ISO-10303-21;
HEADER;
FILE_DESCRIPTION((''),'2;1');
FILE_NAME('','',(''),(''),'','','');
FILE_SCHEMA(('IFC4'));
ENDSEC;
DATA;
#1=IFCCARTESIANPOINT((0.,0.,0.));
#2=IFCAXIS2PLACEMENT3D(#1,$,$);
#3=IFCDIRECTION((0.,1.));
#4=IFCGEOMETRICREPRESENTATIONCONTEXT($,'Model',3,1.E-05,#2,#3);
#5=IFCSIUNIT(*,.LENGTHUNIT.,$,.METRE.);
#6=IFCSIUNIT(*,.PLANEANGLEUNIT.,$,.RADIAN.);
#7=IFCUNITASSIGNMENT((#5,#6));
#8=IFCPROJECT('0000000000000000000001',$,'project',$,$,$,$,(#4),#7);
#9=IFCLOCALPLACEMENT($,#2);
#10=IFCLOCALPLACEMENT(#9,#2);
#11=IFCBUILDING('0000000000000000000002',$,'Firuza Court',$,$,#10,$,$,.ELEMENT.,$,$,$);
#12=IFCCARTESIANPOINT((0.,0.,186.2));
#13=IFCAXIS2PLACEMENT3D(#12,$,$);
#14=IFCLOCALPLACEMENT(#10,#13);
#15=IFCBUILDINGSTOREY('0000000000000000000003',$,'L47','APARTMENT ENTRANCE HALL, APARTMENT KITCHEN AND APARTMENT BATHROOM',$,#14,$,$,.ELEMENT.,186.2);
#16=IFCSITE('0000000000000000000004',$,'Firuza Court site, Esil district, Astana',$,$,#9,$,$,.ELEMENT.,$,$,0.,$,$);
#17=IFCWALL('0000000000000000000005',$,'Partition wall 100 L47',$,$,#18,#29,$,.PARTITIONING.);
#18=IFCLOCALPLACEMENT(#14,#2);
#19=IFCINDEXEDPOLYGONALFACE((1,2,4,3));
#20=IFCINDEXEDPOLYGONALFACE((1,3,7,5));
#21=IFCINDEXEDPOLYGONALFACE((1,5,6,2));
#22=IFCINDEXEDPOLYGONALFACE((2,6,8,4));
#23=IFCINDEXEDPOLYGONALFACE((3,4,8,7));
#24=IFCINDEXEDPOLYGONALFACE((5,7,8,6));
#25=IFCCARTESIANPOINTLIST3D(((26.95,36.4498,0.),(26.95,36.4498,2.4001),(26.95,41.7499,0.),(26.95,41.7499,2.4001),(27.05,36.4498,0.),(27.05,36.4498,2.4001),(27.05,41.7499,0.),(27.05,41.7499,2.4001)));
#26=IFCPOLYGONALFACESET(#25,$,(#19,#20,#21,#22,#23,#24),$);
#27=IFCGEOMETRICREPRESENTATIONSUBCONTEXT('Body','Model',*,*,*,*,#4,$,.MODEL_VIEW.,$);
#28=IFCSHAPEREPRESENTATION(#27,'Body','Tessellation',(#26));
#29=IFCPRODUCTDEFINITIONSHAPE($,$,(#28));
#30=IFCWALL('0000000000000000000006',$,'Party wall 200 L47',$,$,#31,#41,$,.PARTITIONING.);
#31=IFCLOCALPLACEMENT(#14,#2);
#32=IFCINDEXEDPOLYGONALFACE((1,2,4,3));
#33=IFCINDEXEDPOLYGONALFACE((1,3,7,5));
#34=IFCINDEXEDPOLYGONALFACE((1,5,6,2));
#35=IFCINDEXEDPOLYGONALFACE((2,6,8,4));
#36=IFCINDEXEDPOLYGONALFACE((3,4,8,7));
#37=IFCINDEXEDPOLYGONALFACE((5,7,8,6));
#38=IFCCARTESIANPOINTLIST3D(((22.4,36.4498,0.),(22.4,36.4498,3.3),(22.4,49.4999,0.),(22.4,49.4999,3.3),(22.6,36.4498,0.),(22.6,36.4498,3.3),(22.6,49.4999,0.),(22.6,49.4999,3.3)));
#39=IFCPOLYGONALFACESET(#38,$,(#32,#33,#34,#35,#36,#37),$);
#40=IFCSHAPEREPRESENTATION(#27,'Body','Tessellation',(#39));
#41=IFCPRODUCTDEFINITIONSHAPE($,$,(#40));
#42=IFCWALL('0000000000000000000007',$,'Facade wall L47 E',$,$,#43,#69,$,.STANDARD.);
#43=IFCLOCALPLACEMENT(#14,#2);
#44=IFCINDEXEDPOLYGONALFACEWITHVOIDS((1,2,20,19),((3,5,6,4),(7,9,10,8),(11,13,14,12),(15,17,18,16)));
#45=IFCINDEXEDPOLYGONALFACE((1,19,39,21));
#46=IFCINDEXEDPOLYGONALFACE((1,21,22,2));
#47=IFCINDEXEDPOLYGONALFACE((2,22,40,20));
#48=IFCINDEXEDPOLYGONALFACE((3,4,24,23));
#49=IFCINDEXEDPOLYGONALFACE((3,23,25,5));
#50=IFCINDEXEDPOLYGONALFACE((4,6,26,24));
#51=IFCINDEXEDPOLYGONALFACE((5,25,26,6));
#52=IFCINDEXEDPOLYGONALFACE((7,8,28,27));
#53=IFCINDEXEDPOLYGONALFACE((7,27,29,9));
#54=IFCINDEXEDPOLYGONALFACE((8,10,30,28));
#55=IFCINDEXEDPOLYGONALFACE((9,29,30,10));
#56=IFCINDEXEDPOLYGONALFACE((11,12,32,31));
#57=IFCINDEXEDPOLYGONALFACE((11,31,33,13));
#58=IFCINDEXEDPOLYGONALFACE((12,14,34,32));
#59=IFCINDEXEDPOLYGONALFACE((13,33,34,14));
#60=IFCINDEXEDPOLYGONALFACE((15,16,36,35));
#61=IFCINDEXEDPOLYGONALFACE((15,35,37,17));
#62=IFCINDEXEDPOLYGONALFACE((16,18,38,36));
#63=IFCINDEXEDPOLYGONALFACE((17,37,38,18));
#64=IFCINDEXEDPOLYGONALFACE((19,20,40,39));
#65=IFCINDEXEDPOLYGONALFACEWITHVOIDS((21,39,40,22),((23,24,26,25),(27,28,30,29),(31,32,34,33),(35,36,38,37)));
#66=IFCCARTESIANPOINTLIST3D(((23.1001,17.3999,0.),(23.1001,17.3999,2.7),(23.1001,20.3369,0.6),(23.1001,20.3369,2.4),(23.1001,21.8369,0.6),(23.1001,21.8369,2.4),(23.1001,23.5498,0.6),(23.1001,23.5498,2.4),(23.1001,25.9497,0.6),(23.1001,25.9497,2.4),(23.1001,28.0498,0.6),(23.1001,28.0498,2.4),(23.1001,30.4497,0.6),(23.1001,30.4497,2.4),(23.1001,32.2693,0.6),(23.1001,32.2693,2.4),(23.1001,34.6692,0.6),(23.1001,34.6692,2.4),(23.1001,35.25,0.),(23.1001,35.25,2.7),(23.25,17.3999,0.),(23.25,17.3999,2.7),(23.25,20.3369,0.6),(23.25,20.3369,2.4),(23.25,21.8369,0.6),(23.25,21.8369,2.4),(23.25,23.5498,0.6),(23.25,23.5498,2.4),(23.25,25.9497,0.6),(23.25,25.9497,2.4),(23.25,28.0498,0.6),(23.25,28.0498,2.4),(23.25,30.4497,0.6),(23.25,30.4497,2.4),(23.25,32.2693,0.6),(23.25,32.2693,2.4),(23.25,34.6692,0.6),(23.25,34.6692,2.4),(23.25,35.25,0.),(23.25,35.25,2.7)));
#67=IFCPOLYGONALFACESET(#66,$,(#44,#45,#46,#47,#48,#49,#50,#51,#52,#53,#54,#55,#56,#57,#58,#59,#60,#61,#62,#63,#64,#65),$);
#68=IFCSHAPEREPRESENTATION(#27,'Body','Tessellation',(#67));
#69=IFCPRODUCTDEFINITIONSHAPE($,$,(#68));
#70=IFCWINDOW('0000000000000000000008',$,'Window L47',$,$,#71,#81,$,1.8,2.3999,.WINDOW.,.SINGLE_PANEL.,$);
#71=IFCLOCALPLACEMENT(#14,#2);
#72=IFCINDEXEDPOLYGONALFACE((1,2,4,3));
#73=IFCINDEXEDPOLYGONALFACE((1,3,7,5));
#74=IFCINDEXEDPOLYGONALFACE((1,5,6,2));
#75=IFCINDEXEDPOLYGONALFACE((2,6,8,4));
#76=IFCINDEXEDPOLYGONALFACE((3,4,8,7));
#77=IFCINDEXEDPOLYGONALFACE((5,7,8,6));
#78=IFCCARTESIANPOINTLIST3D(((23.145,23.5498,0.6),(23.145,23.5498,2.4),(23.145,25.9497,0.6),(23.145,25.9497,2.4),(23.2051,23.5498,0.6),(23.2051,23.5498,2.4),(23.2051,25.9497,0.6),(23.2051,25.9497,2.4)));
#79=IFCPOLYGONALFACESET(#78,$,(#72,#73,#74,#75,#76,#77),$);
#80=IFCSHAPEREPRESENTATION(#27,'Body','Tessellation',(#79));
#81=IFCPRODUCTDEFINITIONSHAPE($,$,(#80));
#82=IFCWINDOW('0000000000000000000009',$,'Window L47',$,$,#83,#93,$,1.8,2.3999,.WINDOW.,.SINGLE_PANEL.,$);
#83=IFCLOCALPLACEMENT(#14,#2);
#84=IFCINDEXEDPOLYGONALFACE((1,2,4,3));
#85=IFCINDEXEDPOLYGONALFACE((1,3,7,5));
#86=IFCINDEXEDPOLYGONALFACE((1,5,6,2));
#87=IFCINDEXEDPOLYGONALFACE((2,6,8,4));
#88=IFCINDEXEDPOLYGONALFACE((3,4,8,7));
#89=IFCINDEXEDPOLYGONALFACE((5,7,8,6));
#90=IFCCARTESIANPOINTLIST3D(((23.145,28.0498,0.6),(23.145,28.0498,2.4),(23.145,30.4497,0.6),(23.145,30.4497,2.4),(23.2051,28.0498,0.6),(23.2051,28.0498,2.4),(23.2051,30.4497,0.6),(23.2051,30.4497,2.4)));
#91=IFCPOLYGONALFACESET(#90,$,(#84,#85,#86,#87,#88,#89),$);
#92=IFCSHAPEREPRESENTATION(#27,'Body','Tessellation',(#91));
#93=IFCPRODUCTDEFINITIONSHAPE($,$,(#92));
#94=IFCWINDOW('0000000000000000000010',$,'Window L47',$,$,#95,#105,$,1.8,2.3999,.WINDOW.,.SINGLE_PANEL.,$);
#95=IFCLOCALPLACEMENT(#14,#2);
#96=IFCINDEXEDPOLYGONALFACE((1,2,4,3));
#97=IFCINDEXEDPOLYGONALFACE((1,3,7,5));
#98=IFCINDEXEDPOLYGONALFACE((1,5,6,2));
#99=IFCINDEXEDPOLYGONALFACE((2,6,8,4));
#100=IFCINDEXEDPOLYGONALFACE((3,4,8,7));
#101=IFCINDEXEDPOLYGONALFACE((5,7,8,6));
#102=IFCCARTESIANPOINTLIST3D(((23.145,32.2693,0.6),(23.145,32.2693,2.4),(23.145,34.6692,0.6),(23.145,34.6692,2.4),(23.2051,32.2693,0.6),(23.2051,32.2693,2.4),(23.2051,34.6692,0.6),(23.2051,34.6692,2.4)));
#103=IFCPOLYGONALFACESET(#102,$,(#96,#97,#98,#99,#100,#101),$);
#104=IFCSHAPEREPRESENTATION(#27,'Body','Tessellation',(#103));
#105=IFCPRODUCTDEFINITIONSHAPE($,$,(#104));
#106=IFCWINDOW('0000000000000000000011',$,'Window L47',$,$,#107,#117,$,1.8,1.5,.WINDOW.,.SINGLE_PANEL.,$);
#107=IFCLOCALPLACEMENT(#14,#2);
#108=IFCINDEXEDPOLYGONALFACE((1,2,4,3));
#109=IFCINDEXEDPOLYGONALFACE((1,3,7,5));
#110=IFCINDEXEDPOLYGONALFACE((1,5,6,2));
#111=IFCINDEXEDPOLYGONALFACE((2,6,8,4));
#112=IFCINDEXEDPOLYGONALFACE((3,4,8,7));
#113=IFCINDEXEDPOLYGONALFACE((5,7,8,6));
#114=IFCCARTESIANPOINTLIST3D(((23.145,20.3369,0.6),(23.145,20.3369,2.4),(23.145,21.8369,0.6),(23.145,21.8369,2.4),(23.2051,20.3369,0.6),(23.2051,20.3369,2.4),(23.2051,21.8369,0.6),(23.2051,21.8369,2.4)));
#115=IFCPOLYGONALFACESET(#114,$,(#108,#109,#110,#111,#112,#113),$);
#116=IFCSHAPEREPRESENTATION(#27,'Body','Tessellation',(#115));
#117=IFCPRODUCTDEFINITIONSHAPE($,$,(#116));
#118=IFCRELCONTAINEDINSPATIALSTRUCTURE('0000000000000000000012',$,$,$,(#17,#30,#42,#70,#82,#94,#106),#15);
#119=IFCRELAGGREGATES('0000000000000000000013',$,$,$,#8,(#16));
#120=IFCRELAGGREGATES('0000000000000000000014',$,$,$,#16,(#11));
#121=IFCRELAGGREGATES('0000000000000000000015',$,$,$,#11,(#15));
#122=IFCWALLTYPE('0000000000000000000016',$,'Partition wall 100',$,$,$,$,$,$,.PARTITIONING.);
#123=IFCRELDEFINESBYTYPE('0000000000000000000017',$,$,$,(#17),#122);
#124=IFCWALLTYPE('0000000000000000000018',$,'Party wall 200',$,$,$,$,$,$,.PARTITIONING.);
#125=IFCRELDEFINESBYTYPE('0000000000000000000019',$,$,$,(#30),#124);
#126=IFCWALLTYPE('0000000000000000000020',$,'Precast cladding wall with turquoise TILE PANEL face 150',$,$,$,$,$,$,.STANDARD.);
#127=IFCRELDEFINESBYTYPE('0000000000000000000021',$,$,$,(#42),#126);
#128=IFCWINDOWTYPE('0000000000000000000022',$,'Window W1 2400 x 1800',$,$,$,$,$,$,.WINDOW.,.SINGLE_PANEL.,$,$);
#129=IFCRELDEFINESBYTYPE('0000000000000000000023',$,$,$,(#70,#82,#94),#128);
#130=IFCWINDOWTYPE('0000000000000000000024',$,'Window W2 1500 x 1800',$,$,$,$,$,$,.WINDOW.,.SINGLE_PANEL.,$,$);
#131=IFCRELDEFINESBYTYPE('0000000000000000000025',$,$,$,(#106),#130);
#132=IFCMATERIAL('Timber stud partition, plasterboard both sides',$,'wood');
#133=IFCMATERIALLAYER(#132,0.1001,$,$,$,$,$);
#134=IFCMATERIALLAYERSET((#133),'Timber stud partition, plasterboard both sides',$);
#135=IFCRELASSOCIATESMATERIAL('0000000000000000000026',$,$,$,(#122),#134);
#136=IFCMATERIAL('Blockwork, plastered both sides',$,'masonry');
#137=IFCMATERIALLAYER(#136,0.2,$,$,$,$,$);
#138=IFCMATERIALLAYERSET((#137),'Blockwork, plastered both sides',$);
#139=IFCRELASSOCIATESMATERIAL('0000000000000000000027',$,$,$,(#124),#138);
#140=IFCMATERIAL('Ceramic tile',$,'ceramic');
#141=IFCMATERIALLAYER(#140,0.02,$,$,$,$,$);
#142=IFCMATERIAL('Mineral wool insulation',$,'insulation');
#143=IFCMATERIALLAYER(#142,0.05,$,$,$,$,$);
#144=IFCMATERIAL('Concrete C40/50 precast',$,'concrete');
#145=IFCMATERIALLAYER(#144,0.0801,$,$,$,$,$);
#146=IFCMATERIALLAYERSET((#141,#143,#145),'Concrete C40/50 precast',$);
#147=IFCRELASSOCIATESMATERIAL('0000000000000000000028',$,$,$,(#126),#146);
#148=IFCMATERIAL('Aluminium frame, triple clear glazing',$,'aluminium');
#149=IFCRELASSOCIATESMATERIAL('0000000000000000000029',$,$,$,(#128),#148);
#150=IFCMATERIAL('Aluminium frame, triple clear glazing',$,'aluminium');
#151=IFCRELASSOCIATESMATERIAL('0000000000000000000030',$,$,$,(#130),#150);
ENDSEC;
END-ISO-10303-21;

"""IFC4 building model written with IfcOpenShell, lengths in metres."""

from ifc_helpers import new_model, si_unit, direction, frame, frame_2d, origin, place, context, subcontext, project, spatial, rectangle, extrude, material, layer, layer_set, type_object, element, fill, save


model = new_model("IFC4")

# Units and contexts
model_context = context("Model", 3, precision=1e-05, world=origin(), true_north=direction((0.0, 1.0)))
body_context = subcontext(model_context, "Body", "Model", "MODEL_VIEW")
ifc_project = project(units=[si_unit("LENGTHUNIT", "METRE"), si_unit("PLANEANGLEUNIT", "RADIAN")], contexts=[model_context])

# Site, building, storey
site_placement = place(None, origin())
site = spatial("IfcSite", under=ifc_project, at=site_placement, Name="Firuza Court site, Esil district, Astana", CompositionType="ELEMENT", RefElevation=0.0)
building_placement = place(site_placement, origin())
building = spatial("IfcBuilding", under=site, at=building_placement, Name="Firuza Court", CompositionType="ELEMENT")
storey_placement = place(building_placement, frame((0.0, 0.0, 186.2)))
storey = spatial("IfcBuildingStorey", under=building, at=storey_placement, Name="L47", Description="APARTMENT ENTRANCE HALL, APARTMENT KITCHEN AND APARTMENT BATHROOM", CompositionType="ELEMENT", Elevation=186.2)

# Walls
ifc_material_1 = material(Name="Timber stud partition, plasterboard both sides", Category="wood")
ifc_layer_1 = layer(ifc_material_1, 0.1001)
ifc_layer_set_1 = layer_set([ifc_layer_1], Name="Timber stud partition, plasterboard both sides")
wall_type_1 = type_object("IfcWallType", Name="Partition wall 100", PredefinedType="PARTITIONING", material=ifc_layer_set_1)
wall_1_placement = place(storey_placement, frame((27.0, 36.45, 0.0), z_axis=(0.0, 0.0, 1.0), x_axis=(0.0, 1.0, 0.0)))
element("IfcWall", 1, at=wall_1_placement, inside=storey, type_object=wall_type_1, Name="Partition wall 100 L47", PredefinedType="PARTITIONING", context=body_context, shape_type="SweptSolid", body=[
    extrude(rectangle(XDim=5.3, YDim=0.1001, at=frame_2d((2.6499, 0.0))), origin(), (0.0, 0.0, 1.0), 2.4001),
])
ifc_material_2 = material(Name="Blockwork, plastered both sides", Category="masonry")
ifc_layer_2 = layer(ifc_material_2, 0.2)
ifc_layer_set_2 = layer_set([ifc_layer_2], Name="Blockwork, plastered both sides")
wall_type_2 = type_object("IfcWallType", Name="Party wall 200", PredefinedType="PARTITIONING", material=ifc_layer_set_2)
wall_2_placement = place(storey_placement, frame((22.5, 36.45, 0.0), z_axis=(0.0, 0.0, 1.0), x_axis=(0.0, 1.0, 0.0)))
element("IfcWall", 2, at=wall_2_placement, inside=storey, type_object=wall_type_2, Name="Party wall 200 L47", PredefinedType="PARTITIONING", context=body_context, shape_type="SweptSolid", body=[
    extrude(rectangle(XDim=13.05, YDim=0.2, at=frame_2d((6.5249, 0.0))), origin(), (0.0, 0.0, 1.0), 3.3),
])

# Wall, openings, windows
ifc_material_3 = material(Name="Ceramic tile", Category="ceramic")
ifc_layer_3 = layer(ifc_material_3, 0.02)
ifc_material_4 = material(Name="Mineral wool insulation", Category="insulation")
ifc_layer_4 = layer(ifc_material_4, 0.05)
ifc_material_5 = material(Name="Concrete C40/50 precast", Category="concrete")
ifc_layer_5 = layer(ifc_material_5, 0.0801)
ifc_layer_set_3 = layer_set([ifc_layer_3, ifc_layer_4, ifc_layer_5], Name="Concrete C40/50 precast")
wall_type_3 = type_object("IfcWallType", Name="Precast cladding wall with turquoise TILE PANEL face 150", PredefinedType="STANDARD", material=ifc_layer_set_3)
wall_3_placement = place(storey_placement, frame((23.175, 17.3999, 0.0), z_axis=(0.0, 0.0, 1.0), x_axis=(0.0, 1.0, 0.0)))
wall_3 = element("IfcWall", 3, at=wall_3_placement, inside=storey, type_object=wall_type_3, Name="Facade wall L47 E", PredefinedType="STANDARD", context=body_context, shape_type="SweptSolid", body=[
    extrude(rectangle(XDim=17.8501, YDim=0.1499, at=frame_2d((8.925, 0.0))), origin(), (0.0, 0.0, 1.0), 2.7),
])
opening_1_placement = place(wall_3_placement, frame((2.937, 0.0, 0.6001)))
opening_1 = element("IfcOpeningElement", 4, at=opening_1_placement, cuts=wall_3, PredefinedType="OPENING", context=body_context, shape_type="SweptSolid", body=[
    extrude(rectangle(XDim=1.5, YDim=1.8, at=frame_2d((0.75, 0.8999))), frame((0.0, 0.0869, 0.0), z_axis=(0.0, -1.0, 0.0), x_axis=(1.0, 0.0, 0.0)), (0.0, 0.0, 1.0), 0.1738),
])
opening_2_placement = place(wall_3_placement, frame((6.1499, 0.0, 0.6001)))
opening_2 = element("IfcOpeningElement", 5, at=opening_2_placement, cuts=wall_3, PredefinedType="OPENING", context=body_context, shape_type="SweptSolid", body=[
    extrude(rectangle(XDim=2.3999, YDim=1.8, at=frame_2d((1.2, 0.8999))), frame((0.0, 0.0869, 0.0), z_axis=(0.0, -1.0, 0.0), x_axis=(1.0, 0.0, 0.0)), (0.0, 0.0, 1.0), 0.1738),
])
opening_3_placement = place(wall_3_placement, frame((10.6499, 0.0, 0.6001)))
opening_3 = element("IfcOpeningElement", 6, at=opening_3_placement, cuts=wall_3, PredefinedType="OPENING", context=body_context, shape_type="SweptSolid", body=[
    extrude(rectangle(XDim=2.3999, YDim=1.8, at=frame_2d((1.2, 0.8999))), frame((0.0, 0.0869, 0.0), z_axis=(0.0, -1.0, 0.0), x_axis=(1.0, 0.0, 0.0)), (0.0, 0.0, 1.0), 0.1738),
])
opening_4_placement = place(wall_3_placement, frame((14.8694, 0.0, 0.6001)))
opening_4 = element("IfcOpeningElement", 7, at=opening_4_placement, cuts=wall_3, PredefinedType="OPENING", context=body_context, shape_type="SweptSolid", body=[
    extrude(rectangle(XDim=2.3999, YDim=1.8, at=frame_2d((1.2, 0.8999))), frame((0.0, 0.0869, 0.0), z_axis=(0.0, -1.0, 0.0), x_axis=(1.0, 0.0, 0.0)), (0.0, 0.0, 1.0), 0.1738),
])
ifc_material_6 = material(Name="Aluminium frame, triple clear glazing", Category="aluminium")
window_type_1 = type_object("IfcWindowType", Name="Window W1 2400 x 1800", PartitioningType="SINGLE_PANEL", PredefinedType="WINDOW", material=ifc_material_6)
window_1_placement = place(opening_2_placement, origin())
window_1 = element("IfcWindow", 8, at=window_1_placement, inside=storey, type_object=window_type_1, Name="Window L47", OverallHeight=1.8, OverallWidth=2.3999, PartitioningType="SINGLE_PANEL", PredefinedType="WINDOW", context=body_context, shape_type="SweptSolid", body=[
    extrude(rectangle(XDim=2.3999, YDim=1.8, at=frame_2d((1.2, 0.8999))), frame((0.0, 0.03, 0.0), z_axis=(0.0, -1.0, 0.0), x_axis=(1.0, 0.0, 0.0)), (0.0, 0.0, 1.0), 0.0601),
])
fill(opening_2, window_1)
window_2_placement = place(opening_3_placement, origin())
window_2 = element("IfcWindow", 9, at=window_2_placement, inside=storey, type_object=window_type_1, Name="Window L47", OverallHeight=1.8, OverallWidth=2.3999, PartitioningType="SINGLE_PANEL", PredefinedType="WINDOW", context=body_context, shape_type="SweptSolid", body=[
    extrude(rectangle(XDim=2.3999, YDim=1.8, at=frame_2d((1.2, 0.8999))), frame((0.0, 0.03, 0.0), z_axis=(0.0, -1.0, 0.0), x_axis=(1.0, 0.0, 0.0)), (0.0, 0.0, 1.0), 0.0601),
])
fill(opening_3, window_2)
window_3_placement = place(opening_4_placement, origin())
window_3 = element("IfcWindow", 10, at=window_3_placement, inside=storey, type_object=window_type_1, Name="Window L47", OverallHeight=1.8, OverallWidth=2.3999, PartitioningType="SINGLE_PANEL", PredefinedType="WINDOW", context=body_context, shape_type="SweptSolid", body=[
    extrude(rectangle(XDim=2.3999, YDim=1.8, at=frame_2d((1.2, 0.8999))), frame((0.0, 0.03, 0.0), z_axis=(0.0, -1.0, 0.0), x_axis=(1.0, 0.0, 0.0)), (0.0, 0.0, 1.0), 0.0601),
])
fill(opening_4, window_3)
ifc_material_7 = material(Name="Aluminium frame, triple clear glazing", Category="aluminium")
window_type_2 = type_object("IfcWindowType", Name="Window W2 1500 x 1800", PartitioningType="SINGLE_PANEL", PredefinedType="WINDOW", material=ifc_material_7)
window_4_placement = place(opening_1_placement, origin())
window_4 = element("IfcWindow", 11, at=window_4_placement, inside=storey, type_object=window_type_2, Name="Window L47", OverallHeight=1.8, OverallWidth=1.5, PartitioningType="SINGLE_PANEL", PredefinedType="WINDOW", context=body_context, shape_type="SweptSolid", body=[
    extrude(rectangle(XDim=1.5, YDim=1.8, at=frame_2d((0.75, 0.8999))), frame((0.0, 0.03, 0.0), z_axis=(0.0, -1.0, 0.0), x_axis=(1.0, 0.0, 0.0)), (0.0, 0.0, 1.0), 0.0601),
])
fill(opening_1, window_4)

save(model, "model.ifc")
